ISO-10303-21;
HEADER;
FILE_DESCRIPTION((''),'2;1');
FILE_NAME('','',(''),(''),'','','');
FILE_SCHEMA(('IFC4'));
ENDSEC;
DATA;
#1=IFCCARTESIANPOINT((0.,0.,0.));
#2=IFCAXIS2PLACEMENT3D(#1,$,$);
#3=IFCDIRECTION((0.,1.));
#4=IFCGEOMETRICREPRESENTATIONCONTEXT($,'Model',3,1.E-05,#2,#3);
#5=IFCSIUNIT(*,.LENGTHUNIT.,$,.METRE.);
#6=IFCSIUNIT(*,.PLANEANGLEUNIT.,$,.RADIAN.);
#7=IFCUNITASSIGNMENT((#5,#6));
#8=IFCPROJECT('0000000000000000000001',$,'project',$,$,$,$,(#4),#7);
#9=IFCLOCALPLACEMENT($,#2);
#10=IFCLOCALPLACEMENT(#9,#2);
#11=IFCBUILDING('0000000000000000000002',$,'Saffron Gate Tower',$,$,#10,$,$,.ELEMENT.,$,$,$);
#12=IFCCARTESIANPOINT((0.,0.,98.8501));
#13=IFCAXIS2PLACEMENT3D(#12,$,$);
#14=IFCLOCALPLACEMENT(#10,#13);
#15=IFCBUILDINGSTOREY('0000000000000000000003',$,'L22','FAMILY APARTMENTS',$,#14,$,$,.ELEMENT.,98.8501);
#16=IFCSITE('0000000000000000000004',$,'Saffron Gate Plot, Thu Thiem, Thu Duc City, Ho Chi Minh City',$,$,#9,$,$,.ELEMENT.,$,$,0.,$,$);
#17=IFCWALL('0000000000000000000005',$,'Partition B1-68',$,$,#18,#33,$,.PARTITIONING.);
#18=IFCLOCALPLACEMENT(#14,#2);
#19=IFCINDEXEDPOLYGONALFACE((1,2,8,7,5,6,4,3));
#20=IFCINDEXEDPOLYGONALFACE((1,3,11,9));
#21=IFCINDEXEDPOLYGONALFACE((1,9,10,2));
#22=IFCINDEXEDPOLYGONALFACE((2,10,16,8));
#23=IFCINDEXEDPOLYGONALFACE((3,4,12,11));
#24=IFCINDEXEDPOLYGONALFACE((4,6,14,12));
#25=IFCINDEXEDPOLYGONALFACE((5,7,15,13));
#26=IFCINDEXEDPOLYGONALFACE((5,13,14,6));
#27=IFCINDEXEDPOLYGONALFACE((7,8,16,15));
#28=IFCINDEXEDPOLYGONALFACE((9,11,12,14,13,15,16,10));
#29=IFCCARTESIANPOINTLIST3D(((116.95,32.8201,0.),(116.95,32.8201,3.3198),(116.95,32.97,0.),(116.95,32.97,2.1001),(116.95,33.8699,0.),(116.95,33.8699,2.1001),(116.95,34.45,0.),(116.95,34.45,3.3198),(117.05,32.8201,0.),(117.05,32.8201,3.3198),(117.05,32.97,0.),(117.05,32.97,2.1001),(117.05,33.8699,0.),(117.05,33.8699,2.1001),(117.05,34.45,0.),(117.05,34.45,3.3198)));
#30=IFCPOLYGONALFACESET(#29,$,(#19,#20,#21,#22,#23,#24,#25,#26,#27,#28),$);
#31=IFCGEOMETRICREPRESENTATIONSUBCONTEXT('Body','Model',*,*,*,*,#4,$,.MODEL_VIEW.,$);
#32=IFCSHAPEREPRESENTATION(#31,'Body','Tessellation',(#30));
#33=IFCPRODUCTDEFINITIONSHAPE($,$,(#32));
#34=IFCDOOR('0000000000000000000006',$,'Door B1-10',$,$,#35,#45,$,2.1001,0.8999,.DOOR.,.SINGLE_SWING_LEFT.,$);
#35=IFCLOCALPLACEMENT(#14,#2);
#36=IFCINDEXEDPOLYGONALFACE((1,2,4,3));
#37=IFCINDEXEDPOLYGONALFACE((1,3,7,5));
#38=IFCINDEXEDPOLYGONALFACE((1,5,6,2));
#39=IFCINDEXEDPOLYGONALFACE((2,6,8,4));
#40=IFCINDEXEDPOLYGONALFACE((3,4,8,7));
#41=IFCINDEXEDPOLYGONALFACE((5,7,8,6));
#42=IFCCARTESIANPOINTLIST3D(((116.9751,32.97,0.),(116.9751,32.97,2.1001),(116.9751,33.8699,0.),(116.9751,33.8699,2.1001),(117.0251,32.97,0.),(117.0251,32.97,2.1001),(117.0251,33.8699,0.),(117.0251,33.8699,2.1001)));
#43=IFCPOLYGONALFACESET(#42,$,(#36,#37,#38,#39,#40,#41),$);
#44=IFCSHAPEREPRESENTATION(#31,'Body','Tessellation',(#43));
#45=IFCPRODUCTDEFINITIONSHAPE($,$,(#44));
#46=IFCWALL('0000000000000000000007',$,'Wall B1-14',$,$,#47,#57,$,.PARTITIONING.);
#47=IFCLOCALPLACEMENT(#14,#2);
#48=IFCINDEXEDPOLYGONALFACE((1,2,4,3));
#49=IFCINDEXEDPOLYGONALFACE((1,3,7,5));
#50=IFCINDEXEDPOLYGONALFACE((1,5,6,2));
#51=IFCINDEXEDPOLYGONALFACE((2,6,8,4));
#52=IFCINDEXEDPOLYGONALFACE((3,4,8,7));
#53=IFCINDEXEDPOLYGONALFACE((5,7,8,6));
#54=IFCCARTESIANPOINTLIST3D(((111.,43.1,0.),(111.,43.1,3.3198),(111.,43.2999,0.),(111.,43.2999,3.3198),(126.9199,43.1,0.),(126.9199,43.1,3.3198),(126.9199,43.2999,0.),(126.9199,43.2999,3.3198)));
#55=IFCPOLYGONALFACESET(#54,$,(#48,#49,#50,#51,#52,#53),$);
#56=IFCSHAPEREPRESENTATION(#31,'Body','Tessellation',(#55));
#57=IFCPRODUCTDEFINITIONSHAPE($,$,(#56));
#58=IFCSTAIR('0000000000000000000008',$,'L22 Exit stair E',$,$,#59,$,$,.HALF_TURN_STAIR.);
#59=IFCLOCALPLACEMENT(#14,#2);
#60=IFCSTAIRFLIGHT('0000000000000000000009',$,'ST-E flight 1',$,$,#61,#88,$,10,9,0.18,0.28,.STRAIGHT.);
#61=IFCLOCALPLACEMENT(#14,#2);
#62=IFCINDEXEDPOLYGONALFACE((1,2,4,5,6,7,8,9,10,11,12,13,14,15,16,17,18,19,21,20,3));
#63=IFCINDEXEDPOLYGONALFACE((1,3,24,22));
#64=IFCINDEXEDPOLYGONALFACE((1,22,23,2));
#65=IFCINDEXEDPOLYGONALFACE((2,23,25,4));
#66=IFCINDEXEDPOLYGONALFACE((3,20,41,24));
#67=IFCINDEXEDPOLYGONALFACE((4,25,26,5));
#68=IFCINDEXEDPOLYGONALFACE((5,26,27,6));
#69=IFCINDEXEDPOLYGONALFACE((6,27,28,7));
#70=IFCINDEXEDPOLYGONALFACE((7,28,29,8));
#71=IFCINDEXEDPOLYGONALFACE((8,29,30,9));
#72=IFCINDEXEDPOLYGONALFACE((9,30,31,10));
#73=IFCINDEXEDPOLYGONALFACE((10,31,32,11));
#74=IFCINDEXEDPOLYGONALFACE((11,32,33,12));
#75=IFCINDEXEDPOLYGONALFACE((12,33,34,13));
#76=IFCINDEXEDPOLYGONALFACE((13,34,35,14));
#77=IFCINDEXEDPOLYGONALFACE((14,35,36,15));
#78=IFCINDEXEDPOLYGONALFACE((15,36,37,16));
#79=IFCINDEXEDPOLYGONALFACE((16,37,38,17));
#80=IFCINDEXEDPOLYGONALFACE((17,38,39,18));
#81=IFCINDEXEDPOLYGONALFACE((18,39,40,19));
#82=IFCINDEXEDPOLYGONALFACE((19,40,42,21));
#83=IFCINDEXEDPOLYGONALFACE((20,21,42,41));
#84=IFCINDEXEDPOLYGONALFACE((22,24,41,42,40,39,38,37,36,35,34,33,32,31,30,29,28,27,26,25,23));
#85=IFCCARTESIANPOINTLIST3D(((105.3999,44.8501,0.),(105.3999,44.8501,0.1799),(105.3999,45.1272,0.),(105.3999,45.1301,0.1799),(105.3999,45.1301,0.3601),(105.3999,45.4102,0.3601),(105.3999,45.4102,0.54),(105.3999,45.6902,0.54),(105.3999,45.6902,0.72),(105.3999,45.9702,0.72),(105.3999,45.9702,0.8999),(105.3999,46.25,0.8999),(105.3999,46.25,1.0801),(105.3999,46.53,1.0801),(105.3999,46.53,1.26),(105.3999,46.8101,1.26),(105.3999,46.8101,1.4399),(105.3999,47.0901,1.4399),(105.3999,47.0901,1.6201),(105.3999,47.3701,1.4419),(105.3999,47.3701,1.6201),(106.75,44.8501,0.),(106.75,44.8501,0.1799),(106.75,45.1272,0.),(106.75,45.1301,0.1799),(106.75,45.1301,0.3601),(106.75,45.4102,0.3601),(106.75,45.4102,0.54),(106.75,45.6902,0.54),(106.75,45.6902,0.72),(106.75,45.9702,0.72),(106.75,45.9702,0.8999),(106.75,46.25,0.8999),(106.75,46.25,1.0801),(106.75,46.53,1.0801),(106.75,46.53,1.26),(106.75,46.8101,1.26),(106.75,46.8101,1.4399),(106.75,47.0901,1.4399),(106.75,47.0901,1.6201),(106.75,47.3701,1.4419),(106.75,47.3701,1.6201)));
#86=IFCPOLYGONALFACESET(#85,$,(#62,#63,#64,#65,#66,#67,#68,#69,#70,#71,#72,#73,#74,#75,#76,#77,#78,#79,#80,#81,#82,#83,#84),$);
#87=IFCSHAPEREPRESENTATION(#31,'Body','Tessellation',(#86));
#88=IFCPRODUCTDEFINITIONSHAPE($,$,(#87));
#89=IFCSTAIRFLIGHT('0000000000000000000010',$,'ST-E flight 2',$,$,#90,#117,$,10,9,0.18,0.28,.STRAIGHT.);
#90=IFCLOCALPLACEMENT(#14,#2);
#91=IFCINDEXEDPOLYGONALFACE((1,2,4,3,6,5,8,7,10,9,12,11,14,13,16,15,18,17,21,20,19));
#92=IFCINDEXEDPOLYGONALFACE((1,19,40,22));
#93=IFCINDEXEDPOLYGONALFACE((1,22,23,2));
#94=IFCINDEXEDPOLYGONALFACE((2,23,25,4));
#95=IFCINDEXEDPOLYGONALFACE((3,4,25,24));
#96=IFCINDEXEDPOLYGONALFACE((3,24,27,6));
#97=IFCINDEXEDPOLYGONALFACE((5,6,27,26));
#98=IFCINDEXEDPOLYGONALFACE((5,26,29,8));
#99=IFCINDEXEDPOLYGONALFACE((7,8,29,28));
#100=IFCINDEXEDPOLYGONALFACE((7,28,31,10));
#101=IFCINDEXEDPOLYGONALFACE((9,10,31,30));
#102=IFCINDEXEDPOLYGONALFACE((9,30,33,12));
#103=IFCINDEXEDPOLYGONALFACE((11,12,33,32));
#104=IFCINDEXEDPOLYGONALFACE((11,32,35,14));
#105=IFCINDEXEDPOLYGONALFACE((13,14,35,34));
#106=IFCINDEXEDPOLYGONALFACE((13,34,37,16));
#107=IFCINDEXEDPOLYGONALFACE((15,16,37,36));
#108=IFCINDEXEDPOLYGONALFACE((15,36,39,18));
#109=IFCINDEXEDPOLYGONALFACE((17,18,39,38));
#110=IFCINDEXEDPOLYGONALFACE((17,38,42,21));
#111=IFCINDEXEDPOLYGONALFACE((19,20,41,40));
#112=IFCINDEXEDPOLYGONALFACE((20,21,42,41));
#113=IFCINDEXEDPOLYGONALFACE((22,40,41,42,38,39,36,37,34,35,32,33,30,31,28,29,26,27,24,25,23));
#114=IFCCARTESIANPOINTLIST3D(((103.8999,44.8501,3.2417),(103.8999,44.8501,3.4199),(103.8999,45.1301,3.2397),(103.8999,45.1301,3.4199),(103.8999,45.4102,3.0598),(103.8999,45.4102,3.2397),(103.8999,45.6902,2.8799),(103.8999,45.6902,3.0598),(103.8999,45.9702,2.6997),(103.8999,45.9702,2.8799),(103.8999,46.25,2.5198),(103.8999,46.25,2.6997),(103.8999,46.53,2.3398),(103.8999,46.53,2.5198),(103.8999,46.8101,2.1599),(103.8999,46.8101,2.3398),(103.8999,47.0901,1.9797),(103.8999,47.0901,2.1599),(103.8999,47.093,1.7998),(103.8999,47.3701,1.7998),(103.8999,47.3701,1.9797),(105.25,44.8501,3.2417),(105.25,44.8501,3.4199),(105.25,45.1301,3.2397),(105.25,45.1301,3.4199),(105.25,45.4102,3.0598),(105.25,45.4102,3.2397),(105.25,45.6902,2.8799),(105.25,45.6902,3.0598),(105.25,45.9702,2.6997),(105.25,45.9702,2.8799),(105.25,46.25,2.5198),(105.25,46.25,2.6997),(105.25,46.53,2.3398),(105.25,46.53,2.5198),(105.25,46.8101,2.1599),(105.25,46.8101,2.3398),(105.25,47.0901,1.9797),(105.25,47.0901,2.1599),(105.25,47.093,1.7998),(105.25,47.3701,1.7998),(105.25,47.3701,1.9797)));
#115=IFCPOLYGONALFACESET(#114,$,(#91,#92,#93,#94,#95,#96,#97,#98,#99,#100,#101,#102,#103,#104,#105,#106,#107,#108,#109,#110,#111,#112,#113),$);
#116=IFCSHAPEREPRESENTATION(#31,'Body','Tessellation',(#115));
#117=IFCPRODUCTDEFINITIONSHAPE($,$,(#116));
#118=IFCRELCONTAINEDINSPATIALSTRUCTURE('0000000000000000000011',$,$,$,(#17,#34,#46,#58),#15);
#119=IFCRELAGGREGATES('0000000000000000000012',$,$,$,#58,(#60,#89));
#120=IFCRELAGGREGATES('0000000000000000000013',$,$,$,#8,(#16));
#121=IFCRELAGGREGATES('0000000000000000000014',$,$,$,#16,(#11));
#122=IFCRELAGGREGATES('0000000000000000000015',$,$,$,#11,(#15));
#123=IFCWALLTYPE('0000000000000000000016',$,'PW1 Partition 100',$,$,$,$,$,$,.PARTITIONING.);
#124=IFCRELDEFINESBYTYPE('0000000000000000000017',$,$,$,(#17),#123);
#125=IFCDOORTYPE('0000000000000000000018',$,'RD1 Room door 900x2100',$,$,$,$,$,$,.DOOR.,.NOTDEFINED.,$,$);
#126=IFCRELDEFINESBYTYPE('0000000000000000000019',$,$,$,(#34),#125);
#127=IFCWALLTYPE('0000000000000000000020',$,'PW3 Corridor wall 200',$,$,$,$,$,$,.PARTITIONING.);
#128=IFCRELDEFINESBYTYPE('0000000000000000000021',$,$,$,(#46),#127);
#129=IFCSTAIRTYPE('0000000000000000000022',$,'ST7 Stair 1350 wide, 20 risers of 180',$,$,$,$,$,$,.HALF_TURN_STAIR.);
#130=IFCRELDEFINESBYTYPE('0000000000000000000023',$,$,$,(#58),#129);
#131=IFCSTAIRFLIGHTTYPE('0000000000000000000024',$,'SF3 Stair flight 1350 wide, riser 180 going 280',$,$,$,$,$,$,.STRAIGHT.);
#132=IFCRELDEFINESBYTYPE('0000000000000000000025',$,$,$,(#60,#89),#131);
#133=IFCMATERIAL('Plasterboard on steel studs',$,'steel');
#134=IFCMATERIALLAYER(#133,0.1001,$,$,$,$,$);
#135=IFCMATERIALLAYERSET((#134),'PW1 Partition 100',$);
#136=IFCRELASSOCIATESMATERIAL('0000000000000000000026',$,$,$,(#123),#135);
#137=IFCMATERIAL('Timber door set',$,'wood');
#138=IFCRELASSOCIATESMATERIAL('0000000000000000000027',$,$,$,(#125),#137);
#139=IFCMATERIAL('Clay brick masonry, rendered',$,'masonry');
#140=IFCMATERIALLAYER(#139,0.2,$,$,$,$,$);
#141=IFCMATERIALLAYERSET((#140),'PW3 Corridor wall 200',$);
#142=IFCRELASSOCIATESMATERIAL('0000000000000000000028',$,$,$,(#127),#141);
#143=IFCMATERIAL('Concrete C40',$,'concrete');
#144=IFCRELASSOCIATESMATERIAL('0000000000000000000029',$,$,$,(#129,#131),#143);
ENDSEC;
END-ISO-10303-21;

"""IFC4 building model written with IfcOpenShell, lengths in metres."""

from ifc_helpers import new_model, si_unit, direction, frame, frame_2d, origin, place, context, subcontext, project, spatial, polyline, rectangle, outline, extrude, material, layer, layer_set, type_object, element, fill, aggregate, save


model = new_model("IFC4")

# Units and contexts
model_context = context("Model", 3, precision=1e-05, world=origin(), true_north=direction((0.0, 1.0)))
body_context = subcontext(model_context, "Body", "Model", "MODEL_VIEW")
ifc_project = project(units=[si_unit("LENGTHUNIT", "METRE"), si_unit("PLANEANGLEUNIT", "RADIAN")], contexts=[model_context])

# Site, building, storey
site_placement = place(None, origin())
site = spatial("IfcSite", under=ifc_project, at=site_placement, Name="Saffron Gate Plot, Thu Thiem, Thu Duc City, Ho Chi Minh City", CompositionType="ELEMENT", RefElevation=0.0)
building_placement = place(site_placement, origin())
building = spatial("IfcBuilding", under=site, at=building_placement, Name="Saffron Gate Tower", CompositionType="ELEMENT")
storey_placement = place(building_placement, frame((0.0, 0.0, 98.8501)))
storey = spatial("IfcBuildingStorey", under=building, at=storey_placement, Name="L22", Description="FAMILY APARTMENTS", CompositionType="ELEMENT", Elevation=98.8501)

# Shared definitions
ifc_material_1 = material(Name="Plasterboard on steel studs", Category="steel")
ifc_layer_1 = layer(ifc_material_1, 0.1001)
ifc_layer_set_1 = layer_set([ifc_layer_1], Name="PW1 Partition 100")
wall_type_1 = type_object("IfcWallType", Name="PW1 Partition 100", PredefinedType="PARTITIONING", material=ifc_layer_set_1)
ifc_material_2 = material(Name="Timber door set", Category="wood")
door_type_1 = type_object("IfcDoorType", Name="RD1 Room door 900x2100", OperationType="NOTDEFINED", PredefinedType="DOOR", material=ifc_material_2)

# Wall, opening, door
wall_1_placement = place(storey_placement, frame((117.0, 32.8201, 0.0), z_axis=(0.0, 0.0, 1.0), x_axis=(0.0, 1.0, 0.0)))
wall_1 = element("IfcWall", 1, at=wall_1_placement, inside=storey, type_object=wall_type_1, Name="Partition B1-68", PredefinedType="PARTITIONING", context=body_context, shape_type="SweptSolid", body=[
    extrude(rectangle(XDim=1.6299, YDim=0.1001, at=frame_2d((0.8149, 0.0))), origin(), (0.0, 0.0, 1.0), 3.3198),
])
opening_1_placement = place(wall_1_placement, frame((0.1499, 0.0, 0.0)))
opening_1 = element("IfcOpeningElement", 2, at=opening_1_placement, cuts=wall_1, PredefinedType="OPENING", context=body_context, shape_type="SweptSolid", body=[
    extrude(rectangle(XDim=0.8999, YDim=2.1001, at=frame_2d((0.45, 1.05))), frame((0.0, 0.0601, 0.0), z_axis=(0.0, -1.0, 0.0), x_axis=(1.0, 0.0, 0.0)), (0.0, 0.0, 1.0), 0.1201),
])
door_1_placement = place(opening_1_placement, origin())
door_1 = element("IfcDoor", 3, at=door_1_placement, inside=storey, type_object=door_type_1, Name="Door B1-10", OperationType="SINGLE_SWING_LEFT", OverallHeight=2.1001, OverallWidth=0.8999, PredefinedType="DOOR", context=body_context, shape_type="SweptSolid", body=[
    extrude(rectangle(XDim=0.8999, YDim=2.1001, at=frame_2d((0.45, 1.05))), frame((0.0, 0.0249, 0.0), z_axis=(0.0, -1.0, 0.0), x_axis=(1.0, 0.0, 0.0)), (0.0, 0.0, 1.0), 0.05),
])
fill(opening_1, door_1)

# Wall
ifc_material_3 = material(Name="Clay brick masonry, rendered", Category="masonry")
ifc_layer_2 = layer(ifc_material_3, 0.2)
ifc_layer_set_2 = layer_set([ifc_layer_2], Name="PW3 Corridor wall 200")
wall_type_2 = type_object("IfcWallType", Name="PW3 Corridor wall 200", PredefinedType="PARTITIONING", material=ifc_layer_set_2)
wall_2_placement = place(storey_placement, frame((111.0, 43.2, 0.0), z_axis=(0.0, 0.0, 1.0), x_axis=(1.0, 0.0, 0.0)))
element("IfcWall", 4, at=wall_2_placement, inside=storey, type_object=wall_type_2, Name="Wall B1-14", PredefinedType="PARTITIONING", context=body_context, shape_type="SweptSolid", body=[
    extrude(rectangle(XDim=15.9199, YDim=0.2, at=frame_2d((7.96, 0.0))), origin(), (0.0, 0.0, 1.0), 3.3198),
])

# Stair, stair flights
ifc_material_4 = material(Name="Concrete C40", Category="concrete")
stair_type = type_object("IfcStairType", Name="ST7 Stair 1350 wide, 20 risers of 180", PredefinedType="HALF_TURN_STAIR", material=ifc_material_4)
stair_placement = place(storey_placement, origin())
stair = element("IfcStair", 5, at=stair_placement, inside=storey, type_object=stair_type, Name="L22 Exit stair E", PredefinedType="HALF_TURN_STAIR")
stair_flight_type = type_object("IfcStairFlightType", Name="SF3 Stair flight 1350 wide, riser 180 going 280", PredefinedType="STRAIGHT", material=ifc_material_4)
stair_flight_1_placement = place(storey_placement, frame((106.075, 44.8501, 0.0), z_axis=(0.0, 0.0, 1.0), x_axis=(0.0, 1.0, 0.0)))
stair_flight_1 = element("IfcStairFlight", 6, at=stair_flight_1_placement, type_object=stair_flight_type, Name="ST-E flight 1", NumberOfRisers=10, NumberOfTreads=9, PredefinedType="STRAIGHT", RiserHeight=0.18, TreadLength=0.28, context=body_context, shape_type="SweptSolid", body=[
    extrude(outline(polyline([(0.0, 0.0), (0.0, 0.1799), (0.28, 0.1799), (0.28, 0.3601), (0.5601, 0.3601), (0.5601, 0.54), (0.8401, 0.54), (0.8401, 0.72), (1.1201, 0.72), (1.1201, 0.8999), (1.3999, 0.8999), (1.3999, 1.0801), (1.6799, 1.0801), (1.6799, 1.26), (1.96, 1.26), (1.96, 1.4399), (2.24, 1.4399), (2.24, 1.6201), (2.52, 1.6201), (2.52, 1.8), (2.52, 1.4419), (0.2771, 0.0), (0.0, 0.0)])), frame((0.0, 0.675, 0.0), z_axis=(0.0, -1.0, 0.0), x_axis=(1.0, 0.0, 0.0)), (0.0, 0.0, 1.0), 1.3501),
])
stair_flight_2_placement = place(storey_placement, frame((104.575, 47.3701, 1.7998), z_axis=(0.0, 0.0, 1.0), x_axis=(0.0, -1.0, 0.0)))
stair_flight_2 = element("IfcStairFlight", 7, at=stair_flight_2_placement, type_object=stair_flight_type, Name="ST-E flight 2", NumberOfRisers=10, NumberOfTreads=9, PredefinedType="STRAIGHT", RiserHeight=0.18, TreadLength=0.28, context=body_context, shape_type="SweptSolid", body=[
    extrude(outline(polyline([(0.0, 0.0), (0.0, 0.1799), (0.28, 0.1799), (0.28, 0.3601), (0.5601, 0.3601), (0.5601, 0.54), (0.8401, 0.54), (0.8401, 0.72), (1.1201, 0.72), (1.1201, 0.8999), (1.3999, 0.8999), (1.3999, 1.0801), (1.6799, 1.0801), (1.6799, 1.26), (1.96, 1.26), (1.96, 1.4399), (2.24, 1.4399), (2.24, 1.6201), (2.52, 1.6201), (2.52, 1.8), (2.52, 1.4419), (0.2771, 0.0), (0.0, 0.0)])), frame((0.0, 0.675, 0.0), z_axis=(0.0, -1.0, 0.0), x_axis=(1.0, 0.0, 0.0)), (0.0, 0.0, 1.0), 1.3501),
])
aggregate(stair, [stair_flight_1, stair_flight_2])

save(model, "model.ifc")
